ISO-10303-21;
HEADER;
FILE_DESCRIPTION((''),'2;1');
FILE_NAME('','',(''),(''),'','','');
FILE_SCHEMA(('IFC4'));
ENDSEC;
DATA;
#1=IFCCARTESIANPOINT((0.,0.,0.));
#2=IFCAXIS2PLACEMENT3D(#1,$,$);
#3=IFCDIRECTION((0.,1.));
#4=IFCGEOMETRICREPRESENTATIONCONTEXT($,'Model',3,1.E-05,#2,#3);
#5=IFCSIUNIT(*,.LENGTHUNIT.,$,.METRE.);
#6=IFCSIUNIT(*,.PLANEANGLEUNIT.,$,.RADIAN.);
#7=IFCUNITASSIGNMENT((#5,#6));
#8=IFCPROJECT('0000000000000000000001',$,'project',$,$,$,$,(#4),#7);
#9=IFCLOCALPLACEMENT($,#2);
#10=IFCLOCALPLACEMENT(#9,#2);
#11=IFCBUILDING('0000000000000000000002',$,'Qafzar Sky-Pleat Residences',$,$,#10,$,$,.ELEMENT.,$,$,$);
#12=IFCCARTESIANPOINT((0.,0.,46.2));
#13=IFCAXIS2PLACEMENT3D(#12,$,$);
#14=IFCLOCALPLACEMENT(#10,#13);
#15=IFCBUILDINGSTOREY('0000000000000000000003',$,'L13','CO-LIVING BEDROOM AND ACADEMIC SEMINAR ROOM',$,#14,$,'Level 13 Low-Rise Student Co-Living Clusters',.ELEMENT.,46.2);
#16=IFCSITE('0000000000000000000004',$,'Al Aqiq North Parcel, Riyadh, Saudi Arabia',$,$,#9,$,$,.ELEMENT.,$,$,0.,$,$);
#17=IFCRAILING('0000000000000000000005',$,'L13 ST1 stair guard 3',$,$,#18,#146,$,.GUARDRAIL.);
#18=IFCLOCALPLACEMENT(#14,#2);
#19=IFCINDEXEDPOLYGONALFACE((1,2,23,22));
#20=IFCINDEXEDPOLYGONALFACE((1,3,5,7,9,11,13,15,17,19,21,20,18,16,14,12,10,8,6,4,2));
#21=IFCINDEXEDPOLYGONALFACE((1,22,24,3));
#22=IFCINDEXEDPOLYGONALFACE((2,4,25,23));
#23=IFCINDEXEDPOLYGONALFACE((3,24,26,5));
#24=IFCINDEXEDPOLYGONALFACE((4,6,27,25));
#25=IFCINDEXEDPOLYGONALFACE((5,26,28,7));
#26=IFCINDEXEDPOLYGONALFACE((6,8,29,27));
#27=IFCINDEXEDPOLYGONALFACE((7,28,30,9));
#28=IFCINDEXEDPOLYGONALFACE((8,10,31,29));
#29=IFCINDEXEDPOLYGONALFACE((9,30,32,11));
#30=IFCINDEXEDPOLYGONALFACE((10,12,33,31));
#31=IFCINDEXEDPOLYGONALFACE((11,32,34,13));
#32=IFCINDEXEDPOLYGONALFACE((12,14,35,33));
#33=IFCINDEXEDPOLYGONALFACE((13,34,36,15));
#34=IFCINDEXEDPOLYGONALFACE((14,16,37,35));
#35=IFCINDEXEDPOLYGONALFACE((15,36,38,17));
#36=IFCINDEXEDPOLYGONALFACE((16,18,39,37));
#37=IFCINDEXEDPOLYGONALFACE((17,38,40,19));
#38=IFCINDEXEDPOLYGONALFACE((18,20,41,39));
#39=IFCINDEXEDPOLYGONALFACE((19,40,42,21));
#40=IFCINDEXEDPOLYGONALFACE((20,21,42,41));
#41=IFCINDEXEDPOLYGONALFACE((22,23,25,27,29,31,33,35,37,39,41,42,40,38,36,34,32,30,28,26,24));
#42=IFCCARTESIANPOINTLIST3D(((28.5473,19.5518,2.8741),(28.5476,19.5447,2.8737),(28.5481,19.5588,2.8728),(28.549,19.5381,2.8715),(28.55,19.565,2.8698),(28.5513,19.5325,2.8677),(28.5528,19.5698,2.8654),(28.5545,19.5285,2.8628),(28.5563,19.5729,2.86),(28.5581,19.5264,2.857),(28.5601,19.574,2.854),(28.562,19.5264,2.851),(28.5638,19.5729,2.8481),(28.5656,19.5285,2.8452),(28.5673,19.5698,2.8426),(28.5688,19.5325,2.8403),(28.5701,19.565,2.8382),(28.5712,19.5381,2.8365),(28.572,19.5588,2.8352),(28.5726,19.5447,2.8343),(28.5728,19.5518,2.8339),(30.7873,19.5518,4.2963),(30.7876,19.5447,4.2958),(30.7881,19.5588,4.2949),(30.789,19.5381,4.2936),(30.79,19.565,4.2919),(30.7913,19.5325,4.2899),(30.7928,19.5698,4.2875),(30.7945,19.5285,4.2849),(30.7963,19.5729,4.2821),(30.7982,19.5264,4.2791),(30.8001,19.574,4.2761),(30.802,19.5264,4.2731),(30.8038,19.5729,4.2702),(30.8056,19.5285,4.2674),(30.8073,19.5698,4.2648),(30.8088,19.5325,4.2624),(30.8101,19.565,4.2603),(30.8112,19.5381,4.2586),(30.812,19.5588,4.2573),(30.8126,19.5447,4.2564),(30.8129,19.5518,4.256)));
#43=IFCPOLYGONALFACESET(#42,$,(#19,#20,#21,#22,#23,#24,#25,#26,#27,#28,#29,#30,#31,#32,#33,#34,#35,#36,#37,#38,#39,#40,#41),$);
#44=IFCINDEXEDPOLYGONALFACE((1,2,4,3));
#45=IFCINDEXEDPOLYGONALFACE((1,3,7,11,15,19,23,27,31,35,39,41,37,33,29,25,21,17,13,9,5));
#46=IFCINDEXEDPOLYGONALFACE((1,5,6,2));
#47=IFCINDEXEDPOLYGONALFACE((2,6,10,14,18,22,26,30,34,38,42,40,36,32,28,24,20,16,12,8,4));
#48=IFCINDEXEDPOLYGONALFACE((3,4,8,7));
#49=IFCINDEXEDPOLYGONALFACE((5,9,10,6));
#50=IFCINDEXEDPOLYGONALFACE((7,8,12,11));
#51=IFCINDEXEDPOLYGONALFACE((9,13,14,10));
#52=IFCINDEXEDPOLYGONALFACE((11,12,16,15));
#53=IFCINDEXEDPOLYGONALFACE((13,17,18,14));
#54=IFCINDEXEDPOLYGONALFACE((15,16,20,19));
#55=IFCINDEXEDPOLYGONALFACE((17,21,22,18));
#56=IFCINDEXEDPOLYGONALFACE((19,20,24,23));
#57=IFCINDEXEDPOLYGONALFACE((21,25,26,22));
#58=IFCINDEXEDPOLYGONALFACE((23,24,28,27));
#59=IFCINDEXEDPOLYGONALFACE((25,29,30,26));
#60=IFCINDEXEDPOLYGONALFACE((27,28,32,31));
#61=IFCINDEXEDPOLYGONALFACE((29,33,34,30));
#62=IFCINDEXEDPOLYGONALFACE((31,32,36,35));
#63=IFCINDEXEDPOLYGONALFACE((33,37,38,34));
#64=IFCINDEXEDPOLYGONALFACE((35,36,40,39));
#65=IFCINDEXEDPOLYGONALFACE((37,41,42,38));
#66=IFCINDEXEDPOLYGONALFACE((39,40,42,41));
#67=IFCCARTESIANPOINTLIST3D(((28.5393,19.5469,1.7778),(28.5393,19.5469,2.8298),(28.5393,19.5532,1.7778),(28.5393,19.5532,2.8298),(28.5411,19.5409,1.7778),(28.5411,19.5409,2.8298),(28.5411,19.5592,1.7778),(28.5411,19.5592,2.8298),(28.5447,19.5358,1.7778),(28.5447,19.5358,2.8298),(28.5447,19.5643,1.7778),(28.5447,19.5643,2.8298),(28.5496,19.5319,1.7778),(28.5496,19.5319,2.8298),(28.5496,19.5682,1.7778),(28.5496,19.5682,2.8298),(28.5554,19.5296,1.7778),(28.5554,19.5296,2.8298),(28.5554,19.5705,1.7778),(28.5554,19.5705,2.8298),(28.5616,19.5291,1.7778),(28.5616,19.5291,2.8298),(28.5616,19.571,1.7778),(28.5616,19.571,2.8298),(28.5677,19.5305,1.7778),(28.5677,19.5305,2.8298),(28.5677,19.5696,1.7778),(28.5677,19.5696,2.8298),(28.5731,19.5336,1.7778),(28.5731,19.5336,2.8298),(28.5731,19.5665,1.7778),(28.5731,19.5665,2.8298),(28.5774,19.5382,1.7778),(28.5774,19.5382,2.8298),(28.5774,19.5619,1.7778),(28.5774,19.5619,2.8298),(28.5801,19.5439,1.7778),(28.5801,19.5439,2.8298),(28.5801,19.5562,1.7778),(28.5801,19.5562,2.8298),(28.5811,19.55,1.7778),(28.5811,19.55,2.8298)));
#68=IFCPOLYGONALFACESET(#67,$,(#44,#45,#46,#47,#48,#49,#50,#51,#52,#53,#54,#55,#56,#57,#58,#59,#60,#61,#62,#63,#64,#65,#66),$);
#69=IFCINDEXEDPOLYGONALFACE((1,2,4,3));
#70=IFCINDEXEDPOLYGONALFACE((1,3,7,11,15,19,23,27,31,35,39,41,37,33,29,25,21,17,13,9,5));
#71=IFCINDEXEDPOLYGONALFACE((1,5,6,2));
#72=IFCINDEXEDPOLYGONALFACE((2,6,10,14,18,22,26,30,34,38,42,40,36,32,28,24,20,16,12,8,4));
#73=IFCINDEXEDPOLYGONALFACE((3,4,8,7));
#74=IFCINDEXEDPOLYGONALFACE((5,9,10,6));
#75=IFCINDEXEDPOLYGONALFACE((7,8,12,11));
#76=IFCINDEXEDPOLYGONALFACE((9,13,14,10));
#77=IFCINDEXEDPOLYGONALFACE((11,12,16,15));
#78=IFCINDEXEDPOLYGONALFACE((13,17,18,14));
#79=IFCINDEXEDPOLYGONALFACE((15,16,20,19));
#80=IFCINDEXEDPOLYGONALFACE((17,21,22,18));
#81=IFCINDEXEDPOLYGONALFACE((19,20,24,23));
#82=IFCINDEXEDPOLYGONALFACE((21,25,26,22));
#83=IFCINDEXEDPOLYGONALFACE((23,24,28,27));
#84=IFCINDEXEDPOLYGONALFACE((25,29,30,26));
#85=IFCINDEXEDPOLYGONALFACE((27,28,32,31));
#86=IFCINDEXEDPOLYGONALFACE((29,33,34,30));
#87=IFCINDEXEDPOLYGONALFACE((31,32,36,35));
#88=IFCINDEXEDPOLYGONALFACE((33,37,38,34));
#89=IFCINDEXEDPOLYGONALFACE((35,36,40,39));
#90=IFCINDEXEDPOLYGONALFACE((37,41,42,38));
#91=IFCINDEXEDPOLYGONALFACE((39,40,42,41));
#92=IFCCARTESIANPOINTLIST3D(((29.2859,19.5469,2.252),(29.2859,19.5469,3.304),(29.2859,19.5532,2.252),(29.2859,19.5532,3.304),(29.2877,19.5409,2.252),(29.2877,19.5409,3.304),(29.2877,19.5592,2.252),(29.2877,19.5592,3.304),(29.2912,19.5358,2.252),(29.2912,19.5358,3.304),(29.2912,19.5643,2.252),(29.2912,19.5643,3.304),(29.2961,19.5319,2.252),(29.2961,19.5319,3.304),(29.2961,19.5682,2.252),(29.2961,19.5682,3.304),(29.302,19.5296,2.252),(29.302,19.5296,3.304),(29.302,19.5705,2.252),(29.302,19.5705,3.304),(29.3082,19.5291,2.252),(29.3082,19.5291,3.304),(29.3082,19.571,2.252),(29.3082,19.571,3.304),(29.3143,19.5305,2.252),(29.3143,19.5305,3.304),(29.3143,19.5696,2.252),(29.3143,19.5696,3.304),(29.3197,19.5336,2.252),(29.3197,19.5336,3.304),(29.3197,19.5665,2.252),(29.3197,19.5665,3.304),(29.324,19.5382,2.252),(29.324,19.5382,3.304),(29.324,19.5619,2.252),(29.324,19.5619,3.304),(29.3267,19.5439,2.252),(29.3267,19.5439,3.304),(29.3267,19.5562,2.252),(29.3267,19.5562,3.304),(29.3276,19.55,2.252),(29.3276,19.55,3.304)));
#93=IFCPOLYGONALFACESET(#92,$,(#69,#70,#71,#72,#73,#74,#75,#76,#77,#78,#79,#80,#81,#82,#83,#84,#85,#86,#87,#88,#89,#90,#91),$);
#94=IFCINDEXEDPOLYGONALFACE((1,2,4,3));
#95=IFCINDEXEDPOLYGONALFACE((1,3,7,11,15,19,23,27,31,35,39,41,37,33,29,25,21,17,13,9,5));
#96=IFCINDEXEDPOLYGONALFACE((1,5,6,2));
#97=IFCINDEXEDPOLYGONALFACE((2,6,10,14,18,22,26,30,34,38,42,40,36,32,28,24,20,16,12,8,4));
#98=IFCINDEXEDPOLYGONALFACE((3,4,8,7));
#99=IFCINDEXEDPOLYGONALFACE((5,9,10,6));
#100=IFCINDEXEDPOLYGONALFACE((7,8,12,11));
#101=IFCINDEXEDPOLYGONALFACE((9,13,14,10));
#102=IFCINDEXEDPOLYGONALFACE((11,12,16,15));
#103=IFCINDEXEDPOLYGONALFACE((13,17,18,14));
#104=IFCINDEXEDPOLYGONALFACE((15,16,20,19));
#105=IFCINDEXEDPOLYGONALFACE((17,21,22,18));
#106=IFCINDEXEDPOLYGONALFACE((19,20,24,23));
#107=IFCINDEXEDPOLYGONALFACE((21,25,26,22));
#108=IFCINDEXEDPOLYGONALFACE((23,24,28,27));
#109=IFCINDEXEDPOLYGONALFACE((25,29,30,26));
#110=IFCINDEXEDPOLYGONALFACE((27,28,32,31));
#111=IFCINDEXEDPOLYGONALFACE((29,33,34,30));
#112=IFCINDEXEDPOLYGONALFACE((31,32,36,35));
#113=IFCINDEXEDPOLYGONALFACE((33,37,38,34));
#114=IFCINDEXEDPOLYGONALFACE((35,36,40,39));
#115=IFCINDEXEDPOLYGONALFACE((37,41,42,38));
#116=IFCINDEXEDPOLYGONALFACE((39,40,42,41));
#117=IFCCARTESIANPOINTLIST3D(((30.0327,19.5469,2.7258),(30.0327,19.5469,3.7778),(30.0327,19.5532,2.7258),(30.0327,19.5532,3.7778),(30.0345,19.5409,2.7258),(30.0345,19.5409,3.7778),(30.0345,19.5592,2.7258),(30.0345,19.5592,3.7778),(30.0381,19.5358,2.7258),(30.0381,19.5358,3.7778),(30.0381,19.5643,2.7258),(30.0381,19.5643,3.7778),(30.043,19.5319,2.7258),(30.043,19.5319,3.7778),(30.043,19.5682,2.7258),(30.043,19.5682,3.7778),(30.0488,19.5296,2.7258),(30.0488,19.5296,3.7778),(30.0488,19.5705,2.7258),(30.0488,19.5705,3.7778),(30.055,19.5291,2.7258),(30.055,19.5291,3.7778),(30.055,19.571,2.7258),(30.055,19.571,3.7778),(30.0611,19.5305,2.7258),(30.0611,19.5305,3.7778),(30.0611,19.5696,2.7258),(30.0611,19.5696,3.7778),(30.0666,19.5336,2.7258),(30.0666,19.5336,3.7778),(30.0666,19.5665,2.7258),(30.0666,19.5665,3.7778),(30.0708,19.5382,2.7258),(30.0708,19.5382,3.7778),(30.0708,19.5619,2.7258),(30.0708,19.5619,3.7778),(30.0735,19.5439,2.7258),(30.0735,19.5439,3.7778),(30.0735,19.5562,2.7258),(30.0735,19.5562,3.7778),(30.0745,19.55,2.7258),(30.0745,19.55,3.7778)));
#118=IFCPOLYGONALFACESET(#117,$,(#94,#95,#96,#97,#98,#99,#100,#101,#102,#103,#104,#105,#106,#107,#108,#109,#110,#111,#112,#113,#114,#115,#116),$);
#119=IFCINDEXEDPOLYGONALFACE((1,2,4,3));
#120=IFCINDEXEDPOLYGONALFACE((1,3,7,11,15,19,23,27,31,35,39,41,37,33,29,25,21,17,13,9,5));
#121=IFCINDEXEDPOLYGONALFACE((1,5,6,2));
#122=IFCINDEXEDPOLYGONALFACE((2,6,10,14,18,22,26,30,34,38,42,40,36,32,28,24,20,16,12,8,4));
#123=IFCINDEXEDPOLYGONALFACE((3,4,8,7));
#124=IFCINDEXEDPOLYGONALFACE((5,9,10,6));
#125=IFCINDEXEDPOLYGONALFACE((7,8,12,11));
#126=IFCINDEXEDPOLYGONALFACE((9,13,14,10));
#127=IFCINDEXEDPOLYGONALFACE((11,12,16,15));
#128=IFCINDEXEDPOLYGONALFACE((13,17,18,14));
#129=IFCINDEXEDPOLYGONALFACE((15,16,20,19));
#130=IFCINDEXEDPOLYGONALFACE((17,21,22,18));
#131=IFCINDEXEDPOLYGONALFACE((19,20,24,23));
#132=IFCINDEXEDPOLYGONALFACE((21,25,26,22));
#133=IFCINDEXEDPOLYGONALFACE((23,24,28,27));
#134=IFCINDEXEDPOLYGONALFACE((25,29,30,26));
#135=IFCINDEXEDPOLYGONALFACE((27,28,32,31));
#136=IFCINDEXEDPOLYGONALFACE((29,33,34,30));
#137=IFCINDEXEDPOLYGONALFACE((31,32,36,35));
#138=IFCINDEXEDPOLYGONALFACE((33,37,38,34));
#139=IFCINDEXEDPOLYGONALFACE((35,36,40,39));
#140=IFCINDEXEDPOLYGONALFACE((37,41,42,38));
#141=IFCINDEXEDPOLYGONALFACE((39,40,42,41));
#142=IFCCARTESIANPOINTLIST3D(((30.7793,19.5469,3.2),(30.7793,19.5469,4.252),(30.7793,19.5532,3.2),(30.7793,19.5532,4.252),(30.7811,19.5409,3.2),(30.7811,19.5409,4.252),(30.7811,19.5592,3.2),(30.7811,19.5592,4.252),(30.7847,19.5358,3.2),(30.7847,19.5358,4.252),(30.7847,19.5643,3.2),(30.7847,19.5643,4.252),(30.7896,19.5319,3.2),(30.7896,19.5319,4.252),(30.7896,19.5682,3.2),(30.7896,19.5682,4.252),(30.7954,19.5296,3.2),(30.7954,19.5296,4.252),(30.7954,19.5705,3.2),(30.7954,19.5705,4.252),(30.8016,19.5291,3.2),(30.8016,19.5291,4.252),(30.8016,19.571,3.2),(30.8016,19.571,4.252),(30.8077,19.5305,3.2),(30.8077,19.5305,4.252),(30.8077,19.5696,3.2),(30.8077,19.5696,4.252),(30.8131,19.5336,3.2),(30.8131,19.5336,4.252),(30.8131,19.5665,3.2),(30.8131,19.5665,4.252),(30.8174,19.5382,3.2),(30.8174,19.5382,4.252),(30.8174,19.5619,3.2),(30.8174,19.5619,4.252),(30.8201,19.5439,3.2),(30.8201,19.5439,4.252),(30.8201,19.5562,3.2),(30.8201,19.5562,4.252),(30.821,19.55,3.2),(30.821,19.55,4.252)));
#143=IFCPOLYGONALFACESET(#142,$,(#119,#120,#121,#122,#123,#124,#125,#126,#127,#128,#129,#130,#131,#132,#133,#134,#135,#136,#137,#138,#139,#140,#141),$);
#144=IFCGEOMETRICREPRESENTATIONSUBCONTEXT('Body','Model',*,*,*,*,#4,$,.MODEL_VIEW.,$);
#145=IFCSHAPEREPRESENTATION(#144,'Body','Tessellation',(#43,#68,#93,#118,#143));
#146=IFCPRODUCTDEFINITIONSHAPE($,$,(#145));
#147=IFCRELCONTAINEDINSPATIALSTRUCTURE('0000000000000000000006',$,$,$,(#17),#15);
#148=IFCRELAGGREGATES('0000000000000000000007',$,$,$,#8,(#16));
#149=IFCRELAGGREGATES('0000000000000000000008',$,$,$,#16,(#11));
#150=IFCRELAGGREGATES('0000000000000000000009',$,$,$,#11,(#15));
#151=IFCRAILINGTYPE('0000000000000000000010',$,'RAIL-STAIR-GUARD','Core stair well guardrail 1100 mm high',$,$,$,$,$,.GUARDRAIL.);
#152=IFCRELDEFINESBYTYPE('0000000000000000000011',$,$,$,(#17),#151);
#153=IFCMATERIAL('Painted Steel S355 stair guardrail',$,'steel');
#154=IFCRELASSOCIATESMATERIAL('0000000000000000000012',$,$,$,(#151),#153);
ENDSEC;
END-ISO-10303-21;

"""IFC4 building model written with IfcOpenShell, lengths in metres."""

from ifc_helpers import new_model, si_unit, direction, frame, origin, origin_2d, place, context, subcontext, project, spatial, circle, extrude, source, transform, mapped, material, type_object, element, save


model = new_model("IFC4")

# Units and contexts
model_context = context("Model", 3, precision=1e-05, world=origin(), true_north=direction((0.0, 1.0)))
body_context = subcontext(model_context, "Body", "Model", "MODEL_VIEW")
ifc_project = project(units=[si_unit("LENGTHUNIT", "METRE"), si_unit("PLANEANGLEUNIT", "RADIAN")], contexts=[model_context])

# Site, building, storey
site_placement = place(None, origin())
site = spatial("IfcSite", under=ifc_project, at=site_placement, Name="Al Aqiq North Parcel, Riyadh, Saudi Arabia", CompositionType="ELEMENT", RefElevation=0.0)
building_placement = place(site_placement, origin())
building = spatial("IfcBuilding", under=site, at=building_placement, Name="Qafzar Sky-Pleat Residences", CompositionType="ELEMENT")
storey_placement = place(building_placement, frame((0.0, 0.0, 46.2)))
storey = spatial("IfcBuildingStorey", under=building, at=storey_placement, Name="L13", Description="CO-LIVING BEDROOM AND ACADEMIC SEMINAR ROOM", LongName="Level 13 Low-Rise Student Co-Living Clusters", CompositionType="ELEMENT", Elevation=46.2)

# Railing
ifc_material_1 = material(Name="Painted Steel S355 stair guardrail", Category="steel")
railing_type_1 = type_object("IfcRailingType", Name="RAIL-STAIR-GUARD", Description="Core stair well guardrail 1100 mm high", PredefinedType="GUARDRAIL", material=ifc_material_1)
shared_shape_1 = source(origin(), body_context, "Body", "SweptSolid", [
    extrude(circle(Radius=0.0239, at=origin_2d()), frame((0.0, 0.0, 1.0762), z_axis=(0.844229, 0.0, 0.535982), x_axis=(0.0, 1.0, 0.0)), (0.0, 0.0, 1.0), 2.6533),
    extrude(circle(Radius=0.021, at=origin_2d()), origin(), (0.0, 0.0, 1.0), 1.052),
    extrude(circle(Radius=0.021, at=origin_2d()), frame((0.7466, 0.0, 0.4741)), (0.0, 0.0, 1.0), 1.052),
    extrude(circle(Radius=0.021, at=origin_2d()), frame((1.4934, 0.0, 0.948)), (0.0, 0.0, 1.0), 1.052),
    extrude(circle(Radius=0.021, at=origin_2d()), frame((2.24, 0.0, 1.4221)), (0.0, 0.0, 1.0), 1.052),
])
railing_1_placement = place(storey_placement, frame((28.5601, 19.55, 1.7778)))
element("IfcRailing", 1, at=railing_1_placement, inside=storey, type_object=railing_type_1, Name="L13 ST1 stair guard 3", PredefinedType="GUARDRAIL", context=body_context, shape_type="MappedRepresentation", body=[
    mapped(shared_shape_1, transform((0.0, 0.0, 0.0), x_axis=(1.0, 0.0, 0.0), y_axis=(0.0, 1.0, 0.0), z_axis=(0.0, 0.0, 1.0), scale=1.0)),
])

save(model, "model.ifc")
